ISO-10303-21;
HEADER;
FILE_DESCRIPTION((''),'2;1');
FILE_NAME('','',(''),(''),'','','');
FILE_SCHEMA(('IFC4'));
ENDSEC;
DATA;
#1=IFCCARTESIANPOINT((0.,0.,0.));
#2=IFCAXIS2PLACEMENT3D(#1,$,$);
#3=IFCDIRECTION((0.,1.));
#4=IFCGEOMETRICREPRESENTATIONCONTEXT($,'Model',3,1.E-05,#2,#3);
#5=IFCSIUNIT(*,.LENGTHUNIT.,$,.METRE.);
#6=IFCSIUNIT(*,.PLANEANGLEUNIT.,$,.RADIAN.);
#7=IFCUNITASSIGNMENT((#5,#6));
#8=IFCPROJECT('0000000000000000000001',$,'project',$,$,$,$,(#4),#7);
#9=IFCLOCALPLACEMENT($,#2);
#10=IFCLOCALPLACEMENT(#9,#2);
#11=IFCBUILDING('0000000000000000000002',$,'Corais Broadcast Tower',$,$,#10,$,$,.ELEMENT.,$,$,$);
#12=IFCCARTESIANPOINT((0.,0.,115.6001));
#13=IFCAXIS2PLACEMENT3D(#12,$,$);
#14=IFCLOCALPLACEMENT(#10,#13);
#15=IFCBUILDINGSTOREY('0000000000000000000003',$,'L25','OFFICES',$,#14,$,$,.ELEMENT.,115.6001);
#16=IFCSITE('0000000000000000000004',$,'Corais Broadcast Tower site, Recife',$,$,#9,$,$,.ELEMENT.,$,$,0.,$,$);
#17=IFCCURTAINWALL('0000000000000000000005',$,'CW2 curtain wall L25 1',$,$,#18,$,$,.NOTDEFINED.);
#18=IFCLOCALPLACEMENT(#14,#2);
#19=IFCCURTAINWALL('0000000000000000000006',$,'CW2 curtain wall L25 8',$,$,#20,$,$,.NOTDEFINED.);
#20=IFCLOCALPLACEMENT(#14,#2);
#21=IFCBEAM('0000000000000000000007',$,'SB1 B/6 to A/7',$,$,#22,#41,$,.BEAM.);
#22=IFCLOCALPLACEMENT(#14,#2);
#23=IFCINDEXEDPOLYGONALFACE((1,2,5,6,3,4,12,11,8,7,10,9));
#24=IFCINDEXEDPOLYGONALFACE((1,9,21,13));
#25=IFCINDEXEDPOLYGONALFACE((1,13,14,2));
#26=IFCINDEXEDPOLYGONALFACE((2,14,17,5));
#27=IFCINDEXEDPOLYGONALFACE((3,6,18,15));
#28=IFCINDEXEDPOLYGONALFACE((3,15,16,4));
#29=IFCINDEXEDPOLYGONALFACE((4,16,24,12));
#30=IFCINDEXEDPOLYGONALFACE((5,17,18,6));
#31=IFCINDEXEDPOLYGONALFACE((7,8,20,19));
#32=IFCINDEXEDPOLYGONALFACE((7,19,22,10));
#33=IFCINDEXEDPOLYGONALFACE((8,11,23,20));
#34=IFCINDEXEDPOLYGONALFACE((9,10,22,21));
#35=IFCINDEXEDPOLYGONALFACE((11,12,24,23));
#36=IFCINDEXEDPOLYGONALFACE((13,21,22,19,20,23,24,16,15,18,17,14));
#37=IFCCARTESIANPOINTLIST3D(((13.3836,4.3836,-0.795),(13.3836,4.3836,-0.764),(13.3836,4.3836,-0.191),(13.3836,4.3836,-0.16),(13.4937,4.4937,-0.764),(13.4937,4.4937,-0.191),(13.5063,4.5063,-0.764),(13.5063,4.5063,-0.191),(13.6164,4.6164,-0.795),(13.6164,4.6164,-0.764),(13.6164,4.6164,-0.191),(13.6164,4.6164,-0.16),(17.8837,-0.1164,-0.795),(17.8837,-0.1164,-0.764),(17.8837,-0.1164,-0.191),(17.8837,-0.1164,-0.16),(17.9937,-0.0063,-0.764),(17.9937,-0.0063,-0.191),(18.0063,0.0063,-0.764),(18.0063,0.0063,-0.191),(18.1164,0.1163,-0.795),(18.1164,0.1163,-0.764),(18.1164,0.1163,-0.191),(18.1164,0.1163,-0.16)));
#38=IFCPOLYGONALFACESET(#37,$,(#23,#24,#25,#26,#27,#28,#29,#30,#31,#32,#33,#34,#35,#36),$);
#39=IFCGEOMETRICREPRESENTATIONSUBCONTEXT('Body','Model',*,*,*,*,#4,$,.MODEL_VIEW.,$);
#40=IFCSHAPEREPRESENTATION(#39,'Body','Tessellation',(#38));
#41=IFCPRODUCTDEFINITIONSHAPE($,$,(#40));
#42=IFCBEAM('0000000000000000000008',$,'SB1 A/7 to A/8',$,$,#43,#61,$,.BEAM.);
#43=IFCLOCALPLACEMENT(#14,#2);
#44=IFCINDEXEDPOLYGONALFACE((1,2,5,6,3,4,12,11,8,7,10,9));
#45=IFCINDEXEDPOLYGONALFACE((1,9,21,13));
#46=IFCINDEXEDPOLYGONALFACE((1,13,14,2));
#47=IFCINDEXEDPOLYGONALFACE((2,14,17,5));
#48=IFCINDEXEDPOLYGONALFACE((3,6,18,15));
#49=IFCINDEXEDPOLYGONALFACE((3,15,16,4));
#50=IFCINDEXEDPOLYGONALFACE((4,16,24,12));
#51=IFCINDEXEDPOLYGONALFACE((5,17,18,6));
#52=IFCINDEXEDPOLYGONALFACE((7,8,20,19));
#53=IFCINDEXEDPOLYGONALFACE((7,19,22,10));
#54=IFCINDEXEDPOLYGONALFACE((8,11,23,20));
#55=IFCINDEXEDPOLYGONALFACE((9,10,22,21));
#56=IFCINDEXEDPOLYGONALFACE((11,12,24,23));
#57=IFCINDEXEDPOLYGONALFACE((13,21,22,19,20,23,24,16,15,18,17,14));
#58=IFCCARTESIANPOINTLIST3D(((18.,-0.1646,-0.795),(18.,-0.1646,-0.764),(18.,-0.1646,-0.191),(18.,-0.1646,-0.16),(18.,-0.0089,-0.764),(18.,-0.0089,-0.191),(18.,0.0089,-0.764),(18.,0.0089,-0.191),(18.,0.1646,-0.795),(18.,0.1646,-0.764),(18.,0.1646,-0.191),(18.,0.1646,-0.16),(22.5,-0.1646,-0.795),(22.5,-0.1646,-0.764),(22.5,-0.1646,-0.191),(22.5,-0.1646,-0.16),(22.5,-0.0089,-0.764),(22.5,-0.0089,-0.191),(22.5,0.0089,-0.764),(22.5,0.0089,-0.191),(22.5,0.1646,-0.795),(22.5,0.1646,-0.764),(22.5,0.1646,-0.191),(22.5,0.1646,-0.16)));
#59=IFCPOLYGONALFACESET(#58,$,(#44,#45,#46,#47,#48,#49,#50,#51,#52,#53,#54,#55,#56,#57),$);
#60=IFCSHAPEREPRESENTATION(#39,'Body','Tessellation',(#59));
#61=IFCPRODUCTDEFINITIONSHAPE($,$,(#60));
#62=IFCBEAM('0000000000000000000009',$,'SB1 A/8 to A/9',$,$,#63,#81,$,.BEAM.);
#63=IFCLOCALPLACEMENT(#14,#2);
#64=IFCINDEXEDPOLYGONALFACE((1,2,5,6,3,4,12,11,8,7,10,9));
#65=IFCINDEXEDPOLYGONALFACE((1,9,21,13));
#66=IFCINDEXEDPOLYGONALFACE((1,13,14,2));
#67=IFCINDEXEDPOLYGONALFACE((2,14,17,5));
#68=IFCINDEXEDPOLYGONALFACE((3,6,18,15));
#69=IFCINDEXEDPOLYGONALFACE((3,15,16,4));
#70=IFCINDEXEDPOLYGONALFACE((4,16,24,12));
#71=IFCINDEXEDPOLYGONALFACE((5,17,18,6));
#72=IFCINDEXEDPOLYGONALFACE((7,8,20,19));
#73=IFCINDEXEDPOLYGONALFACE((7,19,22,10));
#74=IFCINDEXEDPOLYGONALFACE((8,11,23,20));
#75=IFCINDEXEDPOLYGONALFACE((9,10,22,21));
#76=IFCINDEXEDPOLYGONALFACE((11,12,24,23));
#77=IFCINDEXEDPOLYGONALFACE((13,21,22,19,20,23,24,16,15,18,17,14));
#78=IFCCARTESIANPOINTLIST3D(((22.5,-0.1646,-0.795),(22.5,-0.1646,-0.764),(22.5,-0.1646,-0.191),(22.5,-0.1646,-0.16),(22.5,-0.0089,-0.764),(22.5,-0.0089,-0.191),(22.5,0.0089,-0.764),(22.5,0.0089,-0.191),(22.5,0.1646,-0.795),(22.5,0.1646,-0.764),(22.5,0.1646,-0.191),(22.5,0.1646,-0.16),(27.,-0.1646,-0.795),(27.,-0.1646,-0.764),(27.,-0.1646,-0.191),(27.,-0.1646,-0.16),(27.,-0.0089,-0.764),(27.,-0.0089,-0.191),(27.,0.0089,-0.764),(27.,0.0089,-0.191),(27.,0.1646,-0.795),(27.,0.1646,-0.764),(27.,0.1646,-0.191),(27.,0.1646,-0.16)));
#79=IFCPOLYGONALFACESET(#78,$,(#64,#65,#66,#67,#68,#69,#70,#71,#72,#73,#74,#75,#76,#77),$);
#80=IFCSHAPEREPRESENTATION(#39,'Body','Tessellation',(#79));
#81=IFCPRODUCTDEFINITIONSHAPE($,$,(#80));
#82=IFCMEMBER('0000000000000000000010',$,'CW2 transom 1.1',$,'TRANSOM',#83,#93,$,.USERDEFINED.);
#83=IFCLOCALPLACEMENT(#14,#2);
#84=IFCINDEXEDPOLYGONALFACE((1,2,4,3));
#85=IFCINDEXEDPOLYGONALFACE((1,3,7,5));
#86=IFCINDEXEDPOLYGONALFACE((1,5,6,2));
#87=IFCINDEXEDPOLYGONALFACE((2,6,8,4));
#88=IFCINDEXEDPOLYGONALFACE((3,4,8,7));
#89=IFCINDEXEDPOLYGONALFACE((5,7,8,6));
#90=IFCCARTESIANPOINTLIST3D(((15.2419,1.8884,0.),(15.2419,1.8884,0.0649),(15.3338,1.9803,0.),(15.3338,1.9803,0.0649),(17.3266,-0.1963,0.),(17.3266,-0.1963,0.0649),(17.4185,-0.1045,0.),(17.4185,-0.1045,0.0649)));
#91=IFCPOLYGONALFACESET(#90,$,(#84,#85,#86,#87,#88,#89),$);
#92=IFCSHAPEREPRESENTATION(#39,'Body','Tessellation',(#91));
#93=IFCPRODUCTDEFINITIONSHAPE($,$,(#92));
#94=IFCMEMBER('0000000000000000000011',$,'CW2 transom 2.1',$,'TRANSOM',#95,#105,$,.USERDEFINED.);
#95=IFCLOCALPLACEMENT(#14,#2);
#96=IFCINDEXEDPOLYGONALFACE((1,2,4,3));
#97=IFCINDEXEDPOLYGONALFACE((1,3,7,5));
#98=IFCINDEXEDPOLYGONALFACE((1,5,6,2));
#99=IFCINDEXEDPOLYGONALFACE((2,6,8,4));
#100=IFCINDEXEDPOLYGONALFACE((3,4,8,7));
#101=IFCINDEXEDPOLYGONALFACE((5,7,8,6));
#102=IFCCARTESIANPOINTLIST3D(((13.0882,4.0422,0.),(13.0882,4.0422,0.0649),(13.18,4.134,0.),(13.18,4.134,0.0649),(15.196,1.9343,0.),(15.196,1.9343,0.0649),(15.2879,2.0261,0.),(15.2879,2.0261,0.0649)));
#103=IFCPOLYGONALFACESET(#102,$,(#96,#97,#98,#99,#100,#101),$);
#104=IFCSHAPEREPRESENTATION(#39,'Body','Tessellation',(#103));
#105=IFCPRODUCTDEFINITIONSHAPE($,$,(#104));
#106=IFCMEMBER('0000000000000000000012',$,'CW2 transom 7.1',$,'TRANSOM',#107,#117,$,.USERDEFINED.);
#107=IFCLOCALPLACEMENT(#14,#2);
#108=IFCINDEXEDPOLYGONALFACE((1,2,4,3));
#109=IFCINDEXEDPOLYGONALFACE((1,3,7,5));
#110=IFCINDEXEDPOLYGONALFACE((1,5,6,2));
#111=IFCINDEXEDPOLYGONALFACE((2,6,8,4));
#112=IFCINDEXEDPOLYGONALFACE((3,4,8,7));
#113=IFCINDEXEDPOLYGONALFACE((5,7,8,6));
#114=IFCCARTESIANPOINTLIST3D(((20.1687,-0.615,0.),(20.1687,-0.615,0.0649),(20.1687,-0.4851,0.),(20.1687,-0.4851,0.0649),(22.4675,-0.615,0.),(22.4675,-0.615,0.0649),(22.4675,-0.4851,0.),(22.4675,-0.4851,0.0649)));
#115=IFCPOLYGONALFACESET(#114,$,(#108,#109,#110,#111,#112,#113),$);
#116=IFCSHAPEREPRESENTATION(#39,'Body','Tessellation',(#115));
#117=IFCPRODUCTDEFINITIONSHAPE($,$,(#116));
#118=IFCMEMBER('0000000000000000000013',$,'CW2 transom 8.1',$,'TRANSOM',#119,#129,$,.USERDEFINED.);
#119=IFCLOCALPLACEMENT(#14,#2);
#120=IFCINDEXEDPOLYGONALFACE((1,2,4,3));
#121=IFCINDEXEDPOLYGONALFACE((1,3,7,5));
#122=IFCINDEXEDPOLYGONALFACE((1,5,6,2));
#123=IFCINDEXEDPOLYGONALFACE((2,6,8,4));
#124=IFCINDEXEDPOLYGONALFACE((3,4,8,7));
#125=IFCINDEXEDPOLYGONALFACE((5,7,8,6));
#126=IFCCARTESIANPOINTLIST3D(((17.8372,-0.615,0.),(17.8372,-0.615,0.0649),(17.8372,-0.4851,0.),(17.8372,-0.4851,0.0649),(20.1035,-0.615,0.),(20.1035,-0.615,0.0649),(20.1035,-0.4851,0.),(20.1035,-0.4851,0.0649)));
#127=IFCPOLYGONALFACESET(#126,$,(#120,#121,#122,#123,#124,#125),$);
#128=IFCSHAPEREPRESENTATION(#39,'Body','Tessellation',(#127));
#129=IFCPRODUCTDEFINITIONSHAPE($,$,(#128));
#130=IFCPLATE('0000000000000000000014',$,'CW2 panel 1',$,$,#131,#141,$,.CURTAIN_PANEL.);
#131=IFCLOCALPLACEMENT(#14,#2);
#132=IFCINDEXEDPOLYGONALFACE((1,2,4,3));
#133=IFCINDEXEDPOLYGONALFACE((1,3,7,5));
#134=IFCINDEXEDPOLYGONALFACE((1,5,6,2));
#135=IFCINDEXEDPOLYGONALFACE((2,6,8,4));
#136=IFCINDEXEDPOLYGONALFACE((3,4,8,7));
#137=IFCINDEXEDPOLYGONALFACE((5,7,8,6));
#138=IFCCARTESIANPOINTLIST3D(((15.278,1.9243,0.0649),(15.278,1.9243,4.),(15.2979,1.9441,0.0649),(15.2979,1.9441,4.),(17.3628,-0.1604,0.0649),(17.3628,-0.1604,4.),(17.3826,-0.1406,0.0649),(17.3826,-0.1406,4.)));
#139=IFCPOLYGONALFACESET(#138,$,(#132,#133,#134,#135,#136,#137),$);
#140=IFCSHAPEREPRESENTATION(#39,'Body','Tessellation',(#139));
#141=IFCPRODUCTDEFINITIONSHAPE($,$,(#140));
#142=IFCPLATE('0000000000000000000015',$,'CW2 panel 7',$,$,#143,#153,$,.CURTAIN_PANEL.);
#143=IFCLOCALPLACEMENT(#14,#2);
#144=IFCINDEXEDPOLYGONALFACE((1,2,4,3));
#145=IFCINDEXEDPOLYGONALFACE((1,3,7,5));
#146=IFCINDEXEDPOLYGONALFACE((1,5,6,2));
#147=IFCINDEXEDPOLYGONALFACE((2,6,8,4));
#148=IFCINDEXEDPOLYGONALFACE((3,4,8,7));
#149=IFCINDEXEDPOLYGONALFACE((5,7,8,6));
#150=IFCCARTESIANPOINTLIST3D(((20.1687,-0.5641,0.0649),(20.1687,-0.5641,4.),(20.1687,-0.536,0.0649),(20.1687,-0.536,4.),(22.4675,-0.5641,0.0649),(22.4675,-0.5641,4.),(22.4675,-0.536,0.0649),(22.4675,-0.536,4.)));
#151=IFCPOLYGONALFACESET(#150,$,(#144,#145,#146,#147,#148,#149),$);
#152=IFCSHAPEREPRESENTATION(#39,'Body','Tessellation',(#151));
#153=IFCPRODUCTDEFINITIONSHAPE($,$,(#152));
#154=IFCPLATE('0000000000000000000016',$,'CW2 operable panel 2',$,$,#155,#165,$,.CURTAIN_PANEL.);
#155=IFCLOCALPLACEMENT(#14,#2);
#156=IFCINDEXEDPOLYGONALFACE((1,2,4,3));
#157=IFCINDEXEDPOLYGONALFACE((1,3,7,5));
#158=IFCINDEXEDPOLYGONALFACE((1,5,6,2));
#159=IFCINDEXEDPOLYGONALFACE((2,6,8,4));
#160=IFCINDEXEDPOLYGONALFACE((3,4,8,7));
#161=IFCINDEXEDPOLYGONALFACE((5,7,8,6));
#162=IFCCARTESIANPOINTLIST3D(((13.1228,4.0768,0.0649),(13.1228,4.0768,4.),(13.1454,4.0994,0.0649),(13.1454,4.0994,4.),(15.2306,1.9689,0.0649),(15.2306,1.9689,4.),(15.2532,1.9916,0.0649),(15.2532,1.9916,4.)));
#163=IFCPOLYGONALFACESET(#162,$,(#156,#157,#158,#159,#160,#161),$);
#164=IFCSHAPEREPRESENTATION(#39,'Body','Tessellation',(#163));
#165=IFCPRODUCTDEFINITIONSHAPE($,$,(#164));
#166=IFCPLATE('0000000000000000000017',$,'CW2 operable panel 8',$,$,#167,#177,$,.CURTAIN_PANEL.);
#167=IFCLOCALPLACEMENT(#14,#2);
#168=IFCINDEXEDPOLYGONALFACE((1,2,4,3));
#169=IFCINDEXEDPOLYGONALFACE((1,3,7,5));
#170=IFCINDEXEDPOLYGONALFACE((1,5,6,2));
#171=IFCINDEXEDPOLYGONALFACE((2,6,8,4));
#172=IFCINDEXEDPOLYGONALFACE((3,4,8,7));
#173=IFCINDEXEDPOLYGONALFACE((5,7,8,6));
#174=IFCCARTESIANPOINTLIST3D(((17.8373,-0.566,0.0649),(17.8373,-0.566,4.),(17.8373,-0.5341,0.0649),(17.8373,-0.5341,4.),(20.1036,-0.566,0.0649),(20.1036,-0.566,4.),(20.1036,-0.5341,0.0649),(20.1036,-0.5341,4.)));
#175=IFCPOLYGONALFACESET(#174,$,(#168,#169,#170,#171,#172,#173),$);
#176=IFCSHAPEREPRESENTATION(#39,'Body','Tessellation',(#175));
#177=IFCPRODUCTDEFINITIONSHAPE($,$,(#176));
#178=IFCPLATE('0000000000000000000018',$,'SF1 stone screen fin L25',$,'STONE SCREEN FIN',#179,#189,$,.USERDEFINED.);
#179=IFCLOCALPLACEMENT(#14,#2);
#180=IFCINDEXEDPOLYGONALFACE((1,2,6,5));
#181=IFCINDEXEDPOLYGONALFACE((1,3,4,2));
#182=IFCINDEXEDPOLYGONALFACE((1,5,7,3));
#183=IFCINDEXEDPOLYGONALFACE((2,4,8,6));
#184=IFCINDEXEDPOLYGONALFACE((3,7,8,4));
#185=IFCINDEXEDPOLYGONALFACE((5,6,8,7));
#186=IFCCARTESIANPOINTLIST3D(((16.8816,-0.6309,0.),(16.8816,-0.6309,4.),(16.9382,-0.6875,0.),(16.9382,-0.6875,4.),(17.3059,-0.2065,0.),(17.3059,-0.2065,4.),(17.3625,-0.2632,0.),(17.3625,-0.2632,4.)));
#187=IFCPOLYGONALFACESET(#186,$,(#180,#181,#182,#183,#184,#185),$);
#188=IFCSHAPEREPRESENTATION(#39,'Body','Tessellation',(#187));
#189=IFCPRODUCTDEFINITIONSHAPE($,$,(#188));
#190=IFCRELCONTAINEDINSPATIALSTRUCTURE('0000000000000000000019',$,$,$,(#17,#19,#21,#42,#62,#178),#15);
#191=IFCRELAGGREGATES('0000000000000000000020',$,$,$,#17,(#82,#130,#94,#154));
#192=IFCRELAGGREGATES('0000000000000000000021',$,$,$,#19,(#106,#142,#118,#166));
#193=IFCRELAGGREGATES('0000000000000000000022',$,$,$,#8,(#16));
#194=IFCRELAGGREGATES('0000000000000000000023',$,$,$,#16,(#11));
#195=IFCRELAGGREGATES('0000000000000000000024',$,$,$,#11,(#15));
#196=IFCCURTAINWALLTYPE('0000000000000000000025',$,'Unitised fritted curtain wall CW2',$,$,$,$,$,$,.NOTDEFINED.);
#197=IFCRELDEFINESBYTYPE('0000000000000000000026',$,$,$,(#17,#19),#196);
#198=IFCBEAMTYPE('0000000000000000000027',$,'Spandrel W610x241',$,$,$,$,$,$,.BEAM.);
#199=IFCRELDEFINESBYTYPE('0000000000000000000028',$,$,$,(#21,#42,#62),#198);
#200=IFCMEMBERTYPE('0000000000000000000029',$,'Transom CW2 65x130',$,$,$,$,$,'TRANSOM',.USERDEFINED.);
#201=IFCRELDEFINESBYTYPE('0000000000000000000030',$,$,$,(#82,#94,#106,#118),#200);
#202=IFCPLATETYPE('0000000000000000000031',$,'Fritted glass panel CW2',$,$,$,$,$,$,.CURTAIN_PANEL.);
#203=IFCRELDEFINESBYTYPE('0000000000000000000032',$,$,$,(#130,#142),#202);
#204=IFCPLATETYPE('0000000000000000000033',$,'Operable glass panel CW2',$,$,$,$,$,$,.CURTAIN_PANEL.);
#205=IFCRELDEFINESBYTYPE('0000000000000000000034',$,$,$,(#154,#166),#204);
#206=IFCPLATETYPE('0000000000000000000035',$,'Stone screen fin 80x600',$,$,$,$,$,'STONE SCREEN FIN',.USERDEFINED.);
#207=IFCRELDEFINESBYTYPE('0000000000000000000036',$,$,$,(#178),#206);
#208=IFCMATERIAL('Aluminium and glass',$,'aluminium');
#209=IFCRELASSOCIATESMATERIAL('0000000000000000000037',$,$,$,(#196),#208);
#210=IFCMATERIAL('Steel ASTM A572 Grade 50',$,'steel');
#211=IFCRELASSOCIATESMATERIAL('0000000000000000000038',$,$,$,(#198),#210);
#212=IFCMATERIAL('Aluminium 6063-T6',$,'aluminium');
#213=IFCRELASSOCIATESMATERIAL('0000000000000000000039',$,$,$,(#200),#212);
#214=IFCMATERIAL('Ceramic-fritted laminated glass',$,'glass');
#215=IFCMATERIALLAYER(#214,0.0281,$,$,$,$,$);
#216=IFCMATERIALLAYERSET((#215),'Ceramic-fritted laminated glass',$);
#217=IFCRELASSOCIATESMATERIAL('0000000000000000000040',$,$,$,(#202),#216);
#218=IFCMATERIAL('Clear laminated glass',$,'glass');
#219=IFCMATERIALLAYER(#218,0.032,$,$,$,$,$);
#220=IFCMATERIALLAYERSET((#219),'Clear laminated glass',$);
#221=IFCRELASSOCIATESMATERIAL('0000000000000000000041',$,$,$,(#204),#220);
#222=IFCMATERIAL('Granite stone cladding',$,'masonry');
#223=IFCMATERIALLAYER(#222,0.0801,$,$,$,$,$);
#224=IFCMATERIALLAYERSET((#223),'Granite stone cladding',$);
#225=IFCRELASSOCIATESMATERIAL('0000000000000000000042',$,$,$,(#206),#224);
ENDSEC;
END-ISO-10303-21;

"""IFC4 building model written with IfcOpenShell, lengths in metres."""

from ifc_helpers import new_model, si_unit, direction, frame, origin, origin_2d, place, context, subcontext, project, spatial, rectangle, i_section, extrude, material, layer, layer_set, material_profile, profile_set, type_object, element, aggregate, save


model = new_model("IFC4")

# Units and contexts
model_context = context("Model", 3, precision=1e-05, world=origin(), true_north=direction((0.0, 1.0)))
body_context = subcontext(model_context, "Body", "Model", "MODEL_VIEW")
ifc_project = project(units=[si_unit("LENGTHUNIT", "METRE"), si_unit("PLANEANGLEUNIT", "RADIAN")], contexts=[model_context])

# Site, building, storey
site_placement = place(None, origin())
site = spatial("IfcSite", under=ifc_project, at=site_placement, Name="Corais Broadcast Tower site, Recife", CompositionType="ELEMENT", RefElevation=0.0)
building_placement = place(site_placement, origin())
building = spatial("IfcBuilding", under=site, at=building_placement, Name="Corais Broadcast Tower", CompositionType="ELEMENT")
storey_placement = place(building_placement, frame((0.0, 0.0, 115.6001)))
storey = spatial("IfcBuildingStorey", under=building, at=storey_placement, Name="L25", Description="OFFICES", CompositionType="ELEMENT", Elevation=115.6001)

# Curtain walls
ifc_material_1 = material(Name="Aluminium and glass", Category="aluminium")
curtain_wall_type = type_object("IfcCurtainWallType", Name="Unitised fritted curtain wall CW2", PredefinedType="NOTDEFINED", material=ifc_material_1)
curtain_wall_1_placement = place(storey_placement, origin())
curtain_wall_1 = element("IfcCurtainWall", 1, at=curtain_wall_1_placement, inside=storey, type_object=curtain_wall_type, Name="CW2 curtain wall L25 1", PredefinedType="NOTDEFINED")
curtain_wall_2_placement = place(storey_placement, origin())
curtain_wall_2 = element("IfcCurtainWall", 2, at=curtain_wall_2_placement, inside=storey, type_object=curtain_wall_type, Name="CW2 curtain wall L25 8", PredefinedType="NOTDEFINED")

# Beams
ifc_material_2 = material(Name="Steel ASTM A572 Grade 50", Category="steel")
ifc_material_profile_1 = material_profile(ifc_material_2, i_section(OverallWidth=0.3291, OverallDepth=0.635, WebThickness=0.0178, FlangeThickness=0.031, at=origin_2d()), Name="W610x241")
ifc_profile_set_1 = profile_set([ifc_material_profile_1], Name="Steel ASTM A572 Grade 50")
beam_type_1 = type_object("IfcBeamType", Name="Spandrel W610x241", PredefinedType="BEAM", material=ifc_profile_set_1)
beam_1_placement = place(storey_placement, frame((13.5, 4.5, -0.4775), z_axis=(0.707107, -0.707107, 0.0), x_axis=(0.707107, 0.707107, 0.0)))
element("IfcBeam", 3, at=beam_1_placement, inside=storey, type_object=beam_type_1, Name="SB1 B/6 to A/7", PredefinedType="BEAM", context=body_context, shape_type="SweptSolid", body=[
    extrude(i_section(OverallWidth=0.3291, OverallDepth=0.635, WebThickness=0.0178, FlangeThickness=0.031, at=origin_2d()), origin(), (0.0, 0.0, 1.0), 6.364),
])
for number, where, z_axis, x_axis, name in (
    (4, (18.0, 0.0, -0.4775), (1.0, 0.0, 0.0), (0.0, 1.0, 0.0), "SB1 A/7 to A/8"),
    (5, (22.5, 0.0, -0.4775), (1.0, 0.0, 0.0), (0.0, 1.0, 0.0), "SB1 A/8 to A/9"),
):
    element("IfcBeam", number, at=place(storey_placement, frame(where, z_axis=z_axis, x_axis=x_axis)), inside=storey, type_object=beam_type_1, Name=name, PredefinedType="BEAM", context=body_context, shape_type="SweptSolid", body=[
        extrude(i_section(OverallWidth=0.3291, OverallDepth=0.635, WebThickness=0.0178, FlangeThickness=0.031, at=origin_2d()), origin(), (0.0, 0.0, 1.0), 4.5),
    ])

# Members
ifc_material_3 = material(Name="Aluminium 6063-T6", Category="aluminium")
ifc_material_profile_2 = material_profile(ifc_material_3, rectangle(XDim=0.1299, YDim=0.0649, at=origin_2d()), Name="Transom CW2 65x130")
ifc_profile_set_2 = profile_set([ifc_material_profile_2], Name="Aluminium 6063-T6")
member_type_1 = type_object("IfcMemberType", Name="Transom CW2 65x130", ElementType="TRANSOM", PredefinedType="USERDEFINED", material=ifc_profile_set_2)
member_1_placement = place(storey_placement, frame((17.3726, -0.1504, 0.0325), z_axis=(-0.707107, 0.707107, 0.0), x_axis=(-0.707107, -0.707107, 0.0)))
member_1 = element("IfcMember", 6, at=member_1_placement, type_object=member_type_1, Name="CW2 transom 1.1", ObjectType="TRANSOM", PredefinedType="USERDEFINED", context=body_context, shape_type="SweptSolid", body=[
    extrude(rectangle(XDim=0.1299, YDim=0.0649, at=origin_2d()), origin(), (0.0, 0.0, 1.0), 2.9482),
])
member_2_placement = place(storey_placement, frame((15.2419, 1.9802, 0.0325), z_axis=(-0.707107, 0.707107, 0.0), x_axis=(-0.707107, -0.707107, 0.0)))
member_2 = element("IfcMember", 7, at=member_2_placement, type_object=member_type_1, Name="CW2 transom 2.1", ObjectType="TRANSOM", PredefinedType="USERDEFINED", context=body_context, shape_type="SweptSolid", body=[
    extrude(rectangle(XDim=0.1299, YDim=0.0649, at=origin_2d()), origin(), (0.0, 0.0, 1.0), 2.981),
])
member_3_placement = place(storey_placement, frame((22.4675, -0.55, 0.0325), z_axis=(-1.0, 0.0, 0.0), x_axis=(0.0, -1.0, 0.0)))
member_3 = element("IfcMember", 8, at=member_3_placement, type_object=member_type_1, Name="CW2 transom 7.1", ObjectType="TRANSOM", PredefinedType="USERDEFINED", context=body_context, shape_type="SweptSolid", body=[
    extrude(rectangle(XDim=0.1299, YDim=0.0649, at=origin_2d()), origin(), (0.0, 0.0, 1.0), 2.2988),
])
member_4_placement = place(storey_placement, frame((20.1035, -0.55, 0.0325), z_axis=(-1.0, 0.0, 0.0), x_axis=(0.0, -1.0, 0.0)))
member_4 = element("IfcMember", 9, at=member_4_placement, type_object=member_type_1, Name="CW2 transom 8.1", ObjectType="TRANSOM", PredefinedType="USERDEFINED", context=body_context, shape_type="SweptSolid", body=[
    extrude(rectangle(XDim=0.1299, YDim=0.0649, at=origin_2d()), origin(), (0.0, 0.0, 1.0), 2.2664),
])

# Plates
ifc_material_4 = material(Name="Ceramic-fritted laminated glass", Category="glass")
ifc_layer_1 = layer(ifc_material_4, 0.0281)
ifc_layer_set_1 = layer_set([ifc_layer_1], Name="Ceramic-fritted laminated glass")
plate_type_1 = type_object("IfcPlateType", Name="Fritted glass panel CW2", PredefinedType="CURTAIN_PANEL", material=ifc_layer_set_1)
plate_1_placement = place(storey_placement, frame((16.3303, 0.8918, 0.0649), z_axis=(0.0, 0.0, 1.0), x_axis=(-0.707107, 0.707107, 0.0)))
plate_1 = element("IfcPlate", 10, at=plate_1_placement, type_object=plate_type_1, Name="CW2 panel 1", PredefinedType="CURTAIN_PANEL", context=body_context, shape_type="SweptSolid", body=[
    extrude(rectangle(XDim=2.9482, YDim=0.0281, at=origin_2d()), origin(), (0.0, 0.0, 1.0), 3.9351),
])
plate_2_placement = place(storey_placement, frame((21.3181, -0.55, 0.0649), z_axis=(0.0, 0.0, 1.0), x_axis=(-1.0, 0.0, 0.0)))
plate_2 = element("IfcPlate", 11, at=plate_2_placement, type_object=plate_type_1, Name="CW2 panel 7", PredefinedType="CURTAIN_PANEL", context=body_context, shape_type="SweptSolid", body=[
    extrude(rectangle(XDim=2.2988, YDim=0.0281, at=origin_2d()), origin(), (0.0, 0.0, 1.0), 3.9351),
])
ifc_material_5 = material(Name="Clear laminated glass", Category="glass")
ifc_layer_2 = layer(ifc_material_5, 0.032)
ifc_layer_set_2 = layer_set([ifc_layer_2], Name="Clear laminated glass")
plate_type_2 = type_object("IfcPlateType", Name="Operable glass panel CW2", PredefinedType="CURTAIN_PANEL", material=ifc_layer_set_2)
plate_3_placement = place(storey_placement, frame((14.188, 3.0342, 0.0649), z_axis=(0.0, 0.0, 1.0), x_axis=(-0.707107, 0.707107, 0.0)))
plate_3 = element("IfcPlate", 12, at=plate_3_placement, type_object=plate_type_2, Name="CW2 operable panel 2", PredefinedType="CURTAIN_PANEL", context=body_context, shape_type="SweptSolid", body=[
    extrude(rectangle(XDim=2.981, YDim=0.032, at=origin_2d()), origin(), (0.0, 0.0, 1.0), 3.9351),
])
aggregate(curtain_wall_1, [member_1, plate_1, member_2, plate_3])
plate_4_placement = place(storey_placement, frame((18.9705, -0.55, 0.0649), z_axis=(0.0, 0.0, 1.0), x_axis=(-1.0, 0.0, 0.0)))
plate_4 = element("IfcPlate", 13, at=plate_4_placement, type_object=plate_type_2, Name="CW2 operable panel 8", PredefinedType="CURTAIN_PANEL", context=body_context, shape_type="SweptSolid", body=[
    extrude(rectangle(XDim=2.2664, YDim=0.032, at=origin_2d()), origin(), (0.0, 0.0, 1.0), 3.9351),
])
aggregate(curtain_wall_2, [member_3, plate_2, member_4, plate_4])
ifc_material_6 = material(Name="Granite stone cladding", Category="masonry")
ifc_layer_3 = layer(ifc_material_6, 0.0801)
ifc_layer_set_3 = layer_set([ifc_layer_3], Name="Granite stone cladding")
plate_type_3 = type_object("IfcPlateType", Name="Stone screen fin 80x600", ElementType="STONE SCREEN FIN", PredefinedType="USERDEFINED", material=ifc_layer_set_3)
plate_5_placement = place(storey_placement, frame((17.1221, -0.447, 0.0), z_axis=(0.0, 0.0, 1.0), x_axis=(-0.707107, 0.707107, 0.0)))
element("IfcPlate", 14, at=plate_5_placement, inside=storey, type_object=plate_type_3, Name="SF1 stone screen fin L25", ObjectType="STONE SCREEN FIN", PredefinedType="USERDEFINED", context=body_context, shape_type="SweptSolid", body=[
    extrude(rectangle(XDim=0.0801, YDim=0.6001, at=origin_2d()), origin(), (0.0, 0.0, 1.0), 4.0),
])

save(model, "model.ifc")
